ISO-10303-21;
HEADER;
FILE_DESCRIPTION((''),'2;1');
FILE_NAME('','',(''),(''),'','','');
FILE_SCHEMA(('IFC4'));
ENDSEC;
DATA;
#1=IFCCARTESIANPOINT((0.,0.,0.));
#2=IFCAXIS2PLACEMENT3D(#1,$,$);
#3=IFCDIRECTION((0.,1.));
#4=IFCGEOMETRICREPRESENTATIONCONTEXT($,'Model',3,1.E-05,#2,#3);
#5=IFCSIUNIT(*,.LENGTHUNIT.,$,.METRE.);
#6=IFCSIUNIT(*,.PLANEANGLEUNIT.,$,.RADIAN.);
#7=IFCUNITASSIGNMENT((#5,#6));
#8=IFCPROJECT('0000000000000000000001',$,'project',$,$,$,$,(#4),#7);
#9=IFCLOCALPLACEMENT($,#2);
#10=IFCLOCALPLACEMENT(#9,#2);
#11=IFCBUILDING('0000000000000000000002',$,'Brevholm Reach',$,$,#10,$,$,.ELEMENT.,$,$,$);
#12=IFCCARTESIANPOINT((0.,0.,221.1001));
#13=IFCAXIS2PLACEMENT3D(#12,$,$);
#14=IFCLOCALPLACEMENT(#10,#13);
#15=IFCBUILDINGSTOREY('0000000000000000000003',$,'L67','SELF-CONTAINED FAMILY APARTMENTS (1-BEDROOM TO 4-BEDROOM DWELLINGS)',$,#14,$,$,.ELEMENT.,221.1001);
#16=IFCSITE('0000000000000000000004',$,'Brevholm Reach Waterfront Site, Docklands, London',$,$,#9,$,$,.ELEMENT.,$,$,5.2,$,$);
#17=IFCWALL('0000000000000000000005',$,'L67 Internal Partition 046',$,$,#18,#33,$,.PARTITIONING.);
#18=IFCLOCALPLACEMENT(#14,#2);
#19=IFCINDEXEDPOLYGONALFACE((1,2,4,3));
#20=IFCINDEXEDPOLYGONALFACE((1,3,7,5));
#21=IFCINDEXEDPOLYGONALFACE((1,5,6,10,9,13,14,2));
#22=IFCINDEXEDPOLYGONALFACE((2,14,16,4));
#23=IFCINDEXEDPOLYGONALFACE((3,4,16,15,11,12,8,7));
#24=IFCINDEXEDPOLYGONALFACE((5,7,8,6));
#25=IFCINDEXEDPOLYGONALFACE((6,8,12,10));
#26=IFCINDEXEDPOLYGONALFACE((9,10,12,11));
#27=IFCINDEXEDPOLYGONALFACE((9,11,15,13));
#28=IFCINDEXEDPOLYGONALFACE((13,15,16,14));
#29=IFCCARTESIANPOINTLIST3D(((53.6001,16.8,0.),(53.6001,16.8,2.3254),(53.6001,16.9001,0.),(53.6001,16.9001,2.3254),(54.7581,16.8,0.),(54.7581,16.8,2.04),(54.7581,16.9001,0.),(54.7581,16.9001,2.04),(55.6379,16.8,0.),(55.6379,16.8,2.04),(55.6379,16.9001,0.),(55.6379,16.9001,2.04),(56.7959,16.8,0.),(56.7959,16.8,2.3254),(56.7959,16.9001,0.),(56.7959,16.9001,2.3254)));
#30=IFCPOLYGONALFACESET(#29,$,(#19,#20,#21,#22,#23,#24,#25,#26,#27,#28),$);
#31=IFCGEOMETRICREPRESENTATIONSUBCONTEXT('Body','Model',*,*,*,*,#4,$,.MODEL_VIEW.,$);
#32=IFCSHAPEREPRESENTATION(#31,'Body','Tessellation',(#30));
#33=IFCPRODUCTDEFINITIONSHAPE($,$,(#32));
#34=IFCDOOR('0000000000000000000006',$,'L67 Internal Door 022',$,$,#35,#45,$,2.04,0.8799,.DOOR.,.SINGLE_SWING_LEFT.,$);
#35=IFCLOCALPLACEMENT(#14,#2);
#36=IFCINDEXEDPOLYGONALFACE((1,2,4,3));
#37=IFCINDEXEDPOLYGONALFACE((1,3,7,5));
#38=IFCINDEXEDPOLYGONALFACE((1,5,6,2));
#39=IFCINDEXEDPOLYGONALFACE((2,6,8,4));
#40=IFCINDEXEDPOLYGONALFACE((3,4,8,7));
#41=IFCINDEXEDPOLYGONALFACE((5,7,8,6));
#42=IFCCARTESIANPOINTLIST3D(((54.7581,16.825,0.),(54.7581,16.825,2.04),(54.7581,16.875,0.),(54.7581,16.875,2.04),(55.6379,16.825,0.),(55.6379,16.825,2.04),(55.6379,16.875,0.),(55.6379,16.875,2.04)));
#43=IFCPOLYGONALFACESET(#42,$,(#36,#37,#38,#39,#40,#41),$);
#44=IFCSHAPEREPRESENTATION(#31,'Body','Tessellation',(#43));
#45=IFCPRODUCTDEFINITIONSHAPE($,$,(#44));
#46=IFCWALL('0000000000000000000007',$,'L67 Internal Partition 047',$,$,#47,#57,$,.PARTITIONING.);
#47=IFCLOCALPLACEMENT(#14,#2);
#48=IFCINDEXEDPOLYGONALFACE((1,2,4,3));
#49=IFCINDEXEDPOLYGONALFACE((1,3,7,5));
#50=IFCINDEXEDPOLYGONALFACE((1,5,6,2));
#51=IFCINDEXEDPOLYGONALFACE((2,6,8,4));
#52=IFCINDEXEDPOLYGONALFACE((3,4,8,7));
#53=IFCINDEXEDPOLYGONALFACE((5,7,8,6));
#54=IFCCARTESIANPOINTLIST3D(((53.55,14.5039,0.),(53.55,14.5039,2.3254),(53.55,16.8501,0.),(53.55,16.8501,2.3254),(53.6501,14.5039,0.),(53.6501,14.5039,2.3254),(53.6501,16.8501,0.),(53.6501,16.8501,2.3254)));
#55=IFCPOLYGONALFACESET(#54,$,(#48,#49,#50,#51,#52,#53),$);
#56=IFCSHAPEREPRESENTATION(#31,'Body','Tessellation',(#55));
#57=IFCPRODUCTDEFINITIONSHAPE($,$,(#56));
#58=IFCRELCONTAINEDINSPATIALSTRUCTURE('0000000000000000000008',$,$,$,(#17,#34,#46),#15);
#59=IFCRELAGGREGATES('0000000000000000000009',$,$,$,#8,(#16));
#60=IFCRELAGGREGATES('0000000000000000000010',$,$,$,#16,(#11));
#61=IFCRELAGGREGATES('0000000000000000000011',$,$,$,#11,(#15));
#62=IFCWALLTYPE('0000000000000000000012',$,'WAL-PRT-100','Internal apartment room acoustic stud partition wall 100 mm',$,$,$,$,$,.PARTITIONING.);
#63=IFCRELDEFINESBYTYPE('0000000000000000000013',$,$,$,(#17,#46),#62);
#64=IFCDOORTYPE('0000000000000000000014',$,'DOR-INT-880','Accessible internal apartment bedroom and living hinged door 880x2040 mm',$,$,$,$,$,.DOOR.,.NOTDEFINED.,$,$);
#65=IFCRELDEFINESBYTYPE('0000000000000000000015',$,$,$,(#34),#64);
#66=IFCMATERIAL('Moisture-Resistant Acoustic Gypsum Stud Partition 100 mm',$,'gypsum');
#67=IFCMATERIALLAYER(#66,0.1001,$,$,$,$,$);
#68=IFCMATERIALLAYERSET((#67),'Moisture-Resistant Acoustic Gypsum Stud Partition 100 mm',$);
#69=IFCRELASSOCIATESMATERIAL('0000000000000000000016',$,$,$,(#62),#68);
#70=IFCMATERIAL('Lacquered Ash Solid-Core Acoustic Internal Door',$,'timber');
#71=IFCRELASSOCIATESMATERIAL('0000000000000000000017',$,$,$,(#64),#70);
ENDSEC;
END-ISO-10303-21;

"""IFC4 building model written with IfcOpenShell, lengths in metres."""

from ifc_helpers import new_model, si_unit, direction, frame, frame_2d, origin, place, context, subcontext, project, spatial, rectangle, extrude, material, layer, layer_set, type_object, element, fill, save


model = new_model("IFC4")

# Units and contexts
model_context = context("Model", 3, precision=1e-05, world=origin(), true_north=direction((0.0, 1.0)))
body_context = subcontext(model_context, "Body", "Model", "MODEL_VIEW")
ifc_project = project(units=[si_unit("LENGTHUNIT", "METRE"), si_unit("PLANEANGLEUNIT", "RADIAN")], contexts=[model_context])

# Site, building, storey
site_placement = place(None, origin())
site = spatial("IfcSite", under=ifc_project, at=site_placement, Name="Brevholm Reach Waterfront Site, Docklands, London", CompositionType="ELEMENT", RefElevation=5.2)
building_placement = place(site_placement, origin())
building = spatial("IfcBuilding", under=site, at=building_placement, Name="Brevholm Reach", CompositionType="ELEMENT")
storey_placement = place(building_placement, frame((0.0, 0.0, 221.1001)))
storey = spatial("IfcBuildingStorey", under=building, at=storey_placement, Name="L67", Description="SELF-CONTAINED FAMILY APARTMENTS (1-BEDROOM TO 4-BEDROOM DWELLINGS)", CompositionType="ELEMENT", Elevation=221.1001)

# Shared definitions
ifc_material_1 = material(Name="Moisture-Resistant Acoustic Gypsum Stud Partition 100 mm", Category="gypsum")
ifc_layer_1 = layer(ifc_material_1, 0.1001)
ifc_layer_set_1 = layer_set([ifc_layer_1], Name="Moisture-Resistant Acoustic Gypsum Stud Partition 100 mm")
wall_type = type_object("IfcWallType", Name="WAL-PRT-100", Description="Internal apartment room acoustic stud partition wall 100 mm", PredefinedType="PARTITIONING", material=ifc_layer_set_1)

# Wall, opening, door
wall_1_placement = place(storey_placement, frame((53.6001, 16.8501, 0.0), z_axis=(0.0, 0.0, 1.0), x_axis=(1.0, 0.0, 0.0)))
wall_1 = element("IfcWall", 1, at=wall_1_placement, inside=storey, type_object=wall_type, Name="L67 Internal Partition 046", PredefinedType="PARTITIONING", context=body_context, shape_type="SweptSolid", body=[
    extrude(rectangle(XDim=3.1958, YDim=0.1001, at=frame_2d((1.5979, 0.0))), origin(), (0.0, 0.0, 1.0), 2.3254),
])
opening_1_placement = place(wall_1_placement, frame((1.158, 0.0, 0.0)))
opening_1 = element("IfcOpeningElement", 2, at=opening_1_placement, cuts=wall_1, PredefinedType="OPENING", context=body_context, shape_type="SweptSolid", body=[
    extrude(rectangle(XDim=0.8799, YDim=2.04, at=frame_2d((0.4399, 1.02))), frame((0.0, 0.0601, 0.0), z_axis=(0.0, -1.0, 0.0), x_axis=(1.0, 0.0, 0.0)), (0.0, 0.0, 1.0), 0.1201),
])
ifc_material_2 = material(Name="Lacquered Ash Solid-Core Acoustic Internal Door", Category="timber")
door_type_1 = type_object("IfcDoorType", Name="DOR-INT-880", Description="Accessible internal apartment bedroom and living hinged door 880x2040 mm", OperationType="NOTDEFINED", PredefinedType="DOOR", material=ifc_material_2)
door_1_placement = place(opening_1_placement, origin())
door_1 = element("IfcDoor", 3, at=door_1_placement, inside=storey, type_object=door_type_1, Name="L67 Internal Door 022", OperationType="SINGLE_SWING_LEFT", OverallHeight=2.04, OverallWidth=0.8799, PredefinedType="DOOR", context=body_context, shape_type="SweptSolid", body=[
    extrude(rectangle(XDim=0.8799, YDim=2.04, at=frame_2d((0.4399, 1.02))), frame((0.0, 0.0249, 0.0), z_axis=(0.0, -1.0, 0.0), x_axis=(1.0, 0.0, 0.0)), (0.0, 0.0, 1.0), 0.05),
])
fill(opening_1, door_1)

# Wall
wall_2_placement = place(storey_placement, frame((53.6001, 14.5039, 0.0), z_axis=(0.0, 0.0, 1.0), x_axis=(0.0, 1.0, 0.0)))
element("IfcWall", 4, at=wall_2_placement, inside=storey, type_object=wall_type, Name="L67 Internal Partition 047", PredefinedType="PARTITIONING", context=body_context, shape_type="SweptSolid", body=[
    extrude(rectangle(XDim=2.3462, YDim=0.1001, at=frame_2d((1.1731, 0.0))), origin(), (0.0, 0.0, 1.0), 2.3254),
])

save(model, "model.ifc")
